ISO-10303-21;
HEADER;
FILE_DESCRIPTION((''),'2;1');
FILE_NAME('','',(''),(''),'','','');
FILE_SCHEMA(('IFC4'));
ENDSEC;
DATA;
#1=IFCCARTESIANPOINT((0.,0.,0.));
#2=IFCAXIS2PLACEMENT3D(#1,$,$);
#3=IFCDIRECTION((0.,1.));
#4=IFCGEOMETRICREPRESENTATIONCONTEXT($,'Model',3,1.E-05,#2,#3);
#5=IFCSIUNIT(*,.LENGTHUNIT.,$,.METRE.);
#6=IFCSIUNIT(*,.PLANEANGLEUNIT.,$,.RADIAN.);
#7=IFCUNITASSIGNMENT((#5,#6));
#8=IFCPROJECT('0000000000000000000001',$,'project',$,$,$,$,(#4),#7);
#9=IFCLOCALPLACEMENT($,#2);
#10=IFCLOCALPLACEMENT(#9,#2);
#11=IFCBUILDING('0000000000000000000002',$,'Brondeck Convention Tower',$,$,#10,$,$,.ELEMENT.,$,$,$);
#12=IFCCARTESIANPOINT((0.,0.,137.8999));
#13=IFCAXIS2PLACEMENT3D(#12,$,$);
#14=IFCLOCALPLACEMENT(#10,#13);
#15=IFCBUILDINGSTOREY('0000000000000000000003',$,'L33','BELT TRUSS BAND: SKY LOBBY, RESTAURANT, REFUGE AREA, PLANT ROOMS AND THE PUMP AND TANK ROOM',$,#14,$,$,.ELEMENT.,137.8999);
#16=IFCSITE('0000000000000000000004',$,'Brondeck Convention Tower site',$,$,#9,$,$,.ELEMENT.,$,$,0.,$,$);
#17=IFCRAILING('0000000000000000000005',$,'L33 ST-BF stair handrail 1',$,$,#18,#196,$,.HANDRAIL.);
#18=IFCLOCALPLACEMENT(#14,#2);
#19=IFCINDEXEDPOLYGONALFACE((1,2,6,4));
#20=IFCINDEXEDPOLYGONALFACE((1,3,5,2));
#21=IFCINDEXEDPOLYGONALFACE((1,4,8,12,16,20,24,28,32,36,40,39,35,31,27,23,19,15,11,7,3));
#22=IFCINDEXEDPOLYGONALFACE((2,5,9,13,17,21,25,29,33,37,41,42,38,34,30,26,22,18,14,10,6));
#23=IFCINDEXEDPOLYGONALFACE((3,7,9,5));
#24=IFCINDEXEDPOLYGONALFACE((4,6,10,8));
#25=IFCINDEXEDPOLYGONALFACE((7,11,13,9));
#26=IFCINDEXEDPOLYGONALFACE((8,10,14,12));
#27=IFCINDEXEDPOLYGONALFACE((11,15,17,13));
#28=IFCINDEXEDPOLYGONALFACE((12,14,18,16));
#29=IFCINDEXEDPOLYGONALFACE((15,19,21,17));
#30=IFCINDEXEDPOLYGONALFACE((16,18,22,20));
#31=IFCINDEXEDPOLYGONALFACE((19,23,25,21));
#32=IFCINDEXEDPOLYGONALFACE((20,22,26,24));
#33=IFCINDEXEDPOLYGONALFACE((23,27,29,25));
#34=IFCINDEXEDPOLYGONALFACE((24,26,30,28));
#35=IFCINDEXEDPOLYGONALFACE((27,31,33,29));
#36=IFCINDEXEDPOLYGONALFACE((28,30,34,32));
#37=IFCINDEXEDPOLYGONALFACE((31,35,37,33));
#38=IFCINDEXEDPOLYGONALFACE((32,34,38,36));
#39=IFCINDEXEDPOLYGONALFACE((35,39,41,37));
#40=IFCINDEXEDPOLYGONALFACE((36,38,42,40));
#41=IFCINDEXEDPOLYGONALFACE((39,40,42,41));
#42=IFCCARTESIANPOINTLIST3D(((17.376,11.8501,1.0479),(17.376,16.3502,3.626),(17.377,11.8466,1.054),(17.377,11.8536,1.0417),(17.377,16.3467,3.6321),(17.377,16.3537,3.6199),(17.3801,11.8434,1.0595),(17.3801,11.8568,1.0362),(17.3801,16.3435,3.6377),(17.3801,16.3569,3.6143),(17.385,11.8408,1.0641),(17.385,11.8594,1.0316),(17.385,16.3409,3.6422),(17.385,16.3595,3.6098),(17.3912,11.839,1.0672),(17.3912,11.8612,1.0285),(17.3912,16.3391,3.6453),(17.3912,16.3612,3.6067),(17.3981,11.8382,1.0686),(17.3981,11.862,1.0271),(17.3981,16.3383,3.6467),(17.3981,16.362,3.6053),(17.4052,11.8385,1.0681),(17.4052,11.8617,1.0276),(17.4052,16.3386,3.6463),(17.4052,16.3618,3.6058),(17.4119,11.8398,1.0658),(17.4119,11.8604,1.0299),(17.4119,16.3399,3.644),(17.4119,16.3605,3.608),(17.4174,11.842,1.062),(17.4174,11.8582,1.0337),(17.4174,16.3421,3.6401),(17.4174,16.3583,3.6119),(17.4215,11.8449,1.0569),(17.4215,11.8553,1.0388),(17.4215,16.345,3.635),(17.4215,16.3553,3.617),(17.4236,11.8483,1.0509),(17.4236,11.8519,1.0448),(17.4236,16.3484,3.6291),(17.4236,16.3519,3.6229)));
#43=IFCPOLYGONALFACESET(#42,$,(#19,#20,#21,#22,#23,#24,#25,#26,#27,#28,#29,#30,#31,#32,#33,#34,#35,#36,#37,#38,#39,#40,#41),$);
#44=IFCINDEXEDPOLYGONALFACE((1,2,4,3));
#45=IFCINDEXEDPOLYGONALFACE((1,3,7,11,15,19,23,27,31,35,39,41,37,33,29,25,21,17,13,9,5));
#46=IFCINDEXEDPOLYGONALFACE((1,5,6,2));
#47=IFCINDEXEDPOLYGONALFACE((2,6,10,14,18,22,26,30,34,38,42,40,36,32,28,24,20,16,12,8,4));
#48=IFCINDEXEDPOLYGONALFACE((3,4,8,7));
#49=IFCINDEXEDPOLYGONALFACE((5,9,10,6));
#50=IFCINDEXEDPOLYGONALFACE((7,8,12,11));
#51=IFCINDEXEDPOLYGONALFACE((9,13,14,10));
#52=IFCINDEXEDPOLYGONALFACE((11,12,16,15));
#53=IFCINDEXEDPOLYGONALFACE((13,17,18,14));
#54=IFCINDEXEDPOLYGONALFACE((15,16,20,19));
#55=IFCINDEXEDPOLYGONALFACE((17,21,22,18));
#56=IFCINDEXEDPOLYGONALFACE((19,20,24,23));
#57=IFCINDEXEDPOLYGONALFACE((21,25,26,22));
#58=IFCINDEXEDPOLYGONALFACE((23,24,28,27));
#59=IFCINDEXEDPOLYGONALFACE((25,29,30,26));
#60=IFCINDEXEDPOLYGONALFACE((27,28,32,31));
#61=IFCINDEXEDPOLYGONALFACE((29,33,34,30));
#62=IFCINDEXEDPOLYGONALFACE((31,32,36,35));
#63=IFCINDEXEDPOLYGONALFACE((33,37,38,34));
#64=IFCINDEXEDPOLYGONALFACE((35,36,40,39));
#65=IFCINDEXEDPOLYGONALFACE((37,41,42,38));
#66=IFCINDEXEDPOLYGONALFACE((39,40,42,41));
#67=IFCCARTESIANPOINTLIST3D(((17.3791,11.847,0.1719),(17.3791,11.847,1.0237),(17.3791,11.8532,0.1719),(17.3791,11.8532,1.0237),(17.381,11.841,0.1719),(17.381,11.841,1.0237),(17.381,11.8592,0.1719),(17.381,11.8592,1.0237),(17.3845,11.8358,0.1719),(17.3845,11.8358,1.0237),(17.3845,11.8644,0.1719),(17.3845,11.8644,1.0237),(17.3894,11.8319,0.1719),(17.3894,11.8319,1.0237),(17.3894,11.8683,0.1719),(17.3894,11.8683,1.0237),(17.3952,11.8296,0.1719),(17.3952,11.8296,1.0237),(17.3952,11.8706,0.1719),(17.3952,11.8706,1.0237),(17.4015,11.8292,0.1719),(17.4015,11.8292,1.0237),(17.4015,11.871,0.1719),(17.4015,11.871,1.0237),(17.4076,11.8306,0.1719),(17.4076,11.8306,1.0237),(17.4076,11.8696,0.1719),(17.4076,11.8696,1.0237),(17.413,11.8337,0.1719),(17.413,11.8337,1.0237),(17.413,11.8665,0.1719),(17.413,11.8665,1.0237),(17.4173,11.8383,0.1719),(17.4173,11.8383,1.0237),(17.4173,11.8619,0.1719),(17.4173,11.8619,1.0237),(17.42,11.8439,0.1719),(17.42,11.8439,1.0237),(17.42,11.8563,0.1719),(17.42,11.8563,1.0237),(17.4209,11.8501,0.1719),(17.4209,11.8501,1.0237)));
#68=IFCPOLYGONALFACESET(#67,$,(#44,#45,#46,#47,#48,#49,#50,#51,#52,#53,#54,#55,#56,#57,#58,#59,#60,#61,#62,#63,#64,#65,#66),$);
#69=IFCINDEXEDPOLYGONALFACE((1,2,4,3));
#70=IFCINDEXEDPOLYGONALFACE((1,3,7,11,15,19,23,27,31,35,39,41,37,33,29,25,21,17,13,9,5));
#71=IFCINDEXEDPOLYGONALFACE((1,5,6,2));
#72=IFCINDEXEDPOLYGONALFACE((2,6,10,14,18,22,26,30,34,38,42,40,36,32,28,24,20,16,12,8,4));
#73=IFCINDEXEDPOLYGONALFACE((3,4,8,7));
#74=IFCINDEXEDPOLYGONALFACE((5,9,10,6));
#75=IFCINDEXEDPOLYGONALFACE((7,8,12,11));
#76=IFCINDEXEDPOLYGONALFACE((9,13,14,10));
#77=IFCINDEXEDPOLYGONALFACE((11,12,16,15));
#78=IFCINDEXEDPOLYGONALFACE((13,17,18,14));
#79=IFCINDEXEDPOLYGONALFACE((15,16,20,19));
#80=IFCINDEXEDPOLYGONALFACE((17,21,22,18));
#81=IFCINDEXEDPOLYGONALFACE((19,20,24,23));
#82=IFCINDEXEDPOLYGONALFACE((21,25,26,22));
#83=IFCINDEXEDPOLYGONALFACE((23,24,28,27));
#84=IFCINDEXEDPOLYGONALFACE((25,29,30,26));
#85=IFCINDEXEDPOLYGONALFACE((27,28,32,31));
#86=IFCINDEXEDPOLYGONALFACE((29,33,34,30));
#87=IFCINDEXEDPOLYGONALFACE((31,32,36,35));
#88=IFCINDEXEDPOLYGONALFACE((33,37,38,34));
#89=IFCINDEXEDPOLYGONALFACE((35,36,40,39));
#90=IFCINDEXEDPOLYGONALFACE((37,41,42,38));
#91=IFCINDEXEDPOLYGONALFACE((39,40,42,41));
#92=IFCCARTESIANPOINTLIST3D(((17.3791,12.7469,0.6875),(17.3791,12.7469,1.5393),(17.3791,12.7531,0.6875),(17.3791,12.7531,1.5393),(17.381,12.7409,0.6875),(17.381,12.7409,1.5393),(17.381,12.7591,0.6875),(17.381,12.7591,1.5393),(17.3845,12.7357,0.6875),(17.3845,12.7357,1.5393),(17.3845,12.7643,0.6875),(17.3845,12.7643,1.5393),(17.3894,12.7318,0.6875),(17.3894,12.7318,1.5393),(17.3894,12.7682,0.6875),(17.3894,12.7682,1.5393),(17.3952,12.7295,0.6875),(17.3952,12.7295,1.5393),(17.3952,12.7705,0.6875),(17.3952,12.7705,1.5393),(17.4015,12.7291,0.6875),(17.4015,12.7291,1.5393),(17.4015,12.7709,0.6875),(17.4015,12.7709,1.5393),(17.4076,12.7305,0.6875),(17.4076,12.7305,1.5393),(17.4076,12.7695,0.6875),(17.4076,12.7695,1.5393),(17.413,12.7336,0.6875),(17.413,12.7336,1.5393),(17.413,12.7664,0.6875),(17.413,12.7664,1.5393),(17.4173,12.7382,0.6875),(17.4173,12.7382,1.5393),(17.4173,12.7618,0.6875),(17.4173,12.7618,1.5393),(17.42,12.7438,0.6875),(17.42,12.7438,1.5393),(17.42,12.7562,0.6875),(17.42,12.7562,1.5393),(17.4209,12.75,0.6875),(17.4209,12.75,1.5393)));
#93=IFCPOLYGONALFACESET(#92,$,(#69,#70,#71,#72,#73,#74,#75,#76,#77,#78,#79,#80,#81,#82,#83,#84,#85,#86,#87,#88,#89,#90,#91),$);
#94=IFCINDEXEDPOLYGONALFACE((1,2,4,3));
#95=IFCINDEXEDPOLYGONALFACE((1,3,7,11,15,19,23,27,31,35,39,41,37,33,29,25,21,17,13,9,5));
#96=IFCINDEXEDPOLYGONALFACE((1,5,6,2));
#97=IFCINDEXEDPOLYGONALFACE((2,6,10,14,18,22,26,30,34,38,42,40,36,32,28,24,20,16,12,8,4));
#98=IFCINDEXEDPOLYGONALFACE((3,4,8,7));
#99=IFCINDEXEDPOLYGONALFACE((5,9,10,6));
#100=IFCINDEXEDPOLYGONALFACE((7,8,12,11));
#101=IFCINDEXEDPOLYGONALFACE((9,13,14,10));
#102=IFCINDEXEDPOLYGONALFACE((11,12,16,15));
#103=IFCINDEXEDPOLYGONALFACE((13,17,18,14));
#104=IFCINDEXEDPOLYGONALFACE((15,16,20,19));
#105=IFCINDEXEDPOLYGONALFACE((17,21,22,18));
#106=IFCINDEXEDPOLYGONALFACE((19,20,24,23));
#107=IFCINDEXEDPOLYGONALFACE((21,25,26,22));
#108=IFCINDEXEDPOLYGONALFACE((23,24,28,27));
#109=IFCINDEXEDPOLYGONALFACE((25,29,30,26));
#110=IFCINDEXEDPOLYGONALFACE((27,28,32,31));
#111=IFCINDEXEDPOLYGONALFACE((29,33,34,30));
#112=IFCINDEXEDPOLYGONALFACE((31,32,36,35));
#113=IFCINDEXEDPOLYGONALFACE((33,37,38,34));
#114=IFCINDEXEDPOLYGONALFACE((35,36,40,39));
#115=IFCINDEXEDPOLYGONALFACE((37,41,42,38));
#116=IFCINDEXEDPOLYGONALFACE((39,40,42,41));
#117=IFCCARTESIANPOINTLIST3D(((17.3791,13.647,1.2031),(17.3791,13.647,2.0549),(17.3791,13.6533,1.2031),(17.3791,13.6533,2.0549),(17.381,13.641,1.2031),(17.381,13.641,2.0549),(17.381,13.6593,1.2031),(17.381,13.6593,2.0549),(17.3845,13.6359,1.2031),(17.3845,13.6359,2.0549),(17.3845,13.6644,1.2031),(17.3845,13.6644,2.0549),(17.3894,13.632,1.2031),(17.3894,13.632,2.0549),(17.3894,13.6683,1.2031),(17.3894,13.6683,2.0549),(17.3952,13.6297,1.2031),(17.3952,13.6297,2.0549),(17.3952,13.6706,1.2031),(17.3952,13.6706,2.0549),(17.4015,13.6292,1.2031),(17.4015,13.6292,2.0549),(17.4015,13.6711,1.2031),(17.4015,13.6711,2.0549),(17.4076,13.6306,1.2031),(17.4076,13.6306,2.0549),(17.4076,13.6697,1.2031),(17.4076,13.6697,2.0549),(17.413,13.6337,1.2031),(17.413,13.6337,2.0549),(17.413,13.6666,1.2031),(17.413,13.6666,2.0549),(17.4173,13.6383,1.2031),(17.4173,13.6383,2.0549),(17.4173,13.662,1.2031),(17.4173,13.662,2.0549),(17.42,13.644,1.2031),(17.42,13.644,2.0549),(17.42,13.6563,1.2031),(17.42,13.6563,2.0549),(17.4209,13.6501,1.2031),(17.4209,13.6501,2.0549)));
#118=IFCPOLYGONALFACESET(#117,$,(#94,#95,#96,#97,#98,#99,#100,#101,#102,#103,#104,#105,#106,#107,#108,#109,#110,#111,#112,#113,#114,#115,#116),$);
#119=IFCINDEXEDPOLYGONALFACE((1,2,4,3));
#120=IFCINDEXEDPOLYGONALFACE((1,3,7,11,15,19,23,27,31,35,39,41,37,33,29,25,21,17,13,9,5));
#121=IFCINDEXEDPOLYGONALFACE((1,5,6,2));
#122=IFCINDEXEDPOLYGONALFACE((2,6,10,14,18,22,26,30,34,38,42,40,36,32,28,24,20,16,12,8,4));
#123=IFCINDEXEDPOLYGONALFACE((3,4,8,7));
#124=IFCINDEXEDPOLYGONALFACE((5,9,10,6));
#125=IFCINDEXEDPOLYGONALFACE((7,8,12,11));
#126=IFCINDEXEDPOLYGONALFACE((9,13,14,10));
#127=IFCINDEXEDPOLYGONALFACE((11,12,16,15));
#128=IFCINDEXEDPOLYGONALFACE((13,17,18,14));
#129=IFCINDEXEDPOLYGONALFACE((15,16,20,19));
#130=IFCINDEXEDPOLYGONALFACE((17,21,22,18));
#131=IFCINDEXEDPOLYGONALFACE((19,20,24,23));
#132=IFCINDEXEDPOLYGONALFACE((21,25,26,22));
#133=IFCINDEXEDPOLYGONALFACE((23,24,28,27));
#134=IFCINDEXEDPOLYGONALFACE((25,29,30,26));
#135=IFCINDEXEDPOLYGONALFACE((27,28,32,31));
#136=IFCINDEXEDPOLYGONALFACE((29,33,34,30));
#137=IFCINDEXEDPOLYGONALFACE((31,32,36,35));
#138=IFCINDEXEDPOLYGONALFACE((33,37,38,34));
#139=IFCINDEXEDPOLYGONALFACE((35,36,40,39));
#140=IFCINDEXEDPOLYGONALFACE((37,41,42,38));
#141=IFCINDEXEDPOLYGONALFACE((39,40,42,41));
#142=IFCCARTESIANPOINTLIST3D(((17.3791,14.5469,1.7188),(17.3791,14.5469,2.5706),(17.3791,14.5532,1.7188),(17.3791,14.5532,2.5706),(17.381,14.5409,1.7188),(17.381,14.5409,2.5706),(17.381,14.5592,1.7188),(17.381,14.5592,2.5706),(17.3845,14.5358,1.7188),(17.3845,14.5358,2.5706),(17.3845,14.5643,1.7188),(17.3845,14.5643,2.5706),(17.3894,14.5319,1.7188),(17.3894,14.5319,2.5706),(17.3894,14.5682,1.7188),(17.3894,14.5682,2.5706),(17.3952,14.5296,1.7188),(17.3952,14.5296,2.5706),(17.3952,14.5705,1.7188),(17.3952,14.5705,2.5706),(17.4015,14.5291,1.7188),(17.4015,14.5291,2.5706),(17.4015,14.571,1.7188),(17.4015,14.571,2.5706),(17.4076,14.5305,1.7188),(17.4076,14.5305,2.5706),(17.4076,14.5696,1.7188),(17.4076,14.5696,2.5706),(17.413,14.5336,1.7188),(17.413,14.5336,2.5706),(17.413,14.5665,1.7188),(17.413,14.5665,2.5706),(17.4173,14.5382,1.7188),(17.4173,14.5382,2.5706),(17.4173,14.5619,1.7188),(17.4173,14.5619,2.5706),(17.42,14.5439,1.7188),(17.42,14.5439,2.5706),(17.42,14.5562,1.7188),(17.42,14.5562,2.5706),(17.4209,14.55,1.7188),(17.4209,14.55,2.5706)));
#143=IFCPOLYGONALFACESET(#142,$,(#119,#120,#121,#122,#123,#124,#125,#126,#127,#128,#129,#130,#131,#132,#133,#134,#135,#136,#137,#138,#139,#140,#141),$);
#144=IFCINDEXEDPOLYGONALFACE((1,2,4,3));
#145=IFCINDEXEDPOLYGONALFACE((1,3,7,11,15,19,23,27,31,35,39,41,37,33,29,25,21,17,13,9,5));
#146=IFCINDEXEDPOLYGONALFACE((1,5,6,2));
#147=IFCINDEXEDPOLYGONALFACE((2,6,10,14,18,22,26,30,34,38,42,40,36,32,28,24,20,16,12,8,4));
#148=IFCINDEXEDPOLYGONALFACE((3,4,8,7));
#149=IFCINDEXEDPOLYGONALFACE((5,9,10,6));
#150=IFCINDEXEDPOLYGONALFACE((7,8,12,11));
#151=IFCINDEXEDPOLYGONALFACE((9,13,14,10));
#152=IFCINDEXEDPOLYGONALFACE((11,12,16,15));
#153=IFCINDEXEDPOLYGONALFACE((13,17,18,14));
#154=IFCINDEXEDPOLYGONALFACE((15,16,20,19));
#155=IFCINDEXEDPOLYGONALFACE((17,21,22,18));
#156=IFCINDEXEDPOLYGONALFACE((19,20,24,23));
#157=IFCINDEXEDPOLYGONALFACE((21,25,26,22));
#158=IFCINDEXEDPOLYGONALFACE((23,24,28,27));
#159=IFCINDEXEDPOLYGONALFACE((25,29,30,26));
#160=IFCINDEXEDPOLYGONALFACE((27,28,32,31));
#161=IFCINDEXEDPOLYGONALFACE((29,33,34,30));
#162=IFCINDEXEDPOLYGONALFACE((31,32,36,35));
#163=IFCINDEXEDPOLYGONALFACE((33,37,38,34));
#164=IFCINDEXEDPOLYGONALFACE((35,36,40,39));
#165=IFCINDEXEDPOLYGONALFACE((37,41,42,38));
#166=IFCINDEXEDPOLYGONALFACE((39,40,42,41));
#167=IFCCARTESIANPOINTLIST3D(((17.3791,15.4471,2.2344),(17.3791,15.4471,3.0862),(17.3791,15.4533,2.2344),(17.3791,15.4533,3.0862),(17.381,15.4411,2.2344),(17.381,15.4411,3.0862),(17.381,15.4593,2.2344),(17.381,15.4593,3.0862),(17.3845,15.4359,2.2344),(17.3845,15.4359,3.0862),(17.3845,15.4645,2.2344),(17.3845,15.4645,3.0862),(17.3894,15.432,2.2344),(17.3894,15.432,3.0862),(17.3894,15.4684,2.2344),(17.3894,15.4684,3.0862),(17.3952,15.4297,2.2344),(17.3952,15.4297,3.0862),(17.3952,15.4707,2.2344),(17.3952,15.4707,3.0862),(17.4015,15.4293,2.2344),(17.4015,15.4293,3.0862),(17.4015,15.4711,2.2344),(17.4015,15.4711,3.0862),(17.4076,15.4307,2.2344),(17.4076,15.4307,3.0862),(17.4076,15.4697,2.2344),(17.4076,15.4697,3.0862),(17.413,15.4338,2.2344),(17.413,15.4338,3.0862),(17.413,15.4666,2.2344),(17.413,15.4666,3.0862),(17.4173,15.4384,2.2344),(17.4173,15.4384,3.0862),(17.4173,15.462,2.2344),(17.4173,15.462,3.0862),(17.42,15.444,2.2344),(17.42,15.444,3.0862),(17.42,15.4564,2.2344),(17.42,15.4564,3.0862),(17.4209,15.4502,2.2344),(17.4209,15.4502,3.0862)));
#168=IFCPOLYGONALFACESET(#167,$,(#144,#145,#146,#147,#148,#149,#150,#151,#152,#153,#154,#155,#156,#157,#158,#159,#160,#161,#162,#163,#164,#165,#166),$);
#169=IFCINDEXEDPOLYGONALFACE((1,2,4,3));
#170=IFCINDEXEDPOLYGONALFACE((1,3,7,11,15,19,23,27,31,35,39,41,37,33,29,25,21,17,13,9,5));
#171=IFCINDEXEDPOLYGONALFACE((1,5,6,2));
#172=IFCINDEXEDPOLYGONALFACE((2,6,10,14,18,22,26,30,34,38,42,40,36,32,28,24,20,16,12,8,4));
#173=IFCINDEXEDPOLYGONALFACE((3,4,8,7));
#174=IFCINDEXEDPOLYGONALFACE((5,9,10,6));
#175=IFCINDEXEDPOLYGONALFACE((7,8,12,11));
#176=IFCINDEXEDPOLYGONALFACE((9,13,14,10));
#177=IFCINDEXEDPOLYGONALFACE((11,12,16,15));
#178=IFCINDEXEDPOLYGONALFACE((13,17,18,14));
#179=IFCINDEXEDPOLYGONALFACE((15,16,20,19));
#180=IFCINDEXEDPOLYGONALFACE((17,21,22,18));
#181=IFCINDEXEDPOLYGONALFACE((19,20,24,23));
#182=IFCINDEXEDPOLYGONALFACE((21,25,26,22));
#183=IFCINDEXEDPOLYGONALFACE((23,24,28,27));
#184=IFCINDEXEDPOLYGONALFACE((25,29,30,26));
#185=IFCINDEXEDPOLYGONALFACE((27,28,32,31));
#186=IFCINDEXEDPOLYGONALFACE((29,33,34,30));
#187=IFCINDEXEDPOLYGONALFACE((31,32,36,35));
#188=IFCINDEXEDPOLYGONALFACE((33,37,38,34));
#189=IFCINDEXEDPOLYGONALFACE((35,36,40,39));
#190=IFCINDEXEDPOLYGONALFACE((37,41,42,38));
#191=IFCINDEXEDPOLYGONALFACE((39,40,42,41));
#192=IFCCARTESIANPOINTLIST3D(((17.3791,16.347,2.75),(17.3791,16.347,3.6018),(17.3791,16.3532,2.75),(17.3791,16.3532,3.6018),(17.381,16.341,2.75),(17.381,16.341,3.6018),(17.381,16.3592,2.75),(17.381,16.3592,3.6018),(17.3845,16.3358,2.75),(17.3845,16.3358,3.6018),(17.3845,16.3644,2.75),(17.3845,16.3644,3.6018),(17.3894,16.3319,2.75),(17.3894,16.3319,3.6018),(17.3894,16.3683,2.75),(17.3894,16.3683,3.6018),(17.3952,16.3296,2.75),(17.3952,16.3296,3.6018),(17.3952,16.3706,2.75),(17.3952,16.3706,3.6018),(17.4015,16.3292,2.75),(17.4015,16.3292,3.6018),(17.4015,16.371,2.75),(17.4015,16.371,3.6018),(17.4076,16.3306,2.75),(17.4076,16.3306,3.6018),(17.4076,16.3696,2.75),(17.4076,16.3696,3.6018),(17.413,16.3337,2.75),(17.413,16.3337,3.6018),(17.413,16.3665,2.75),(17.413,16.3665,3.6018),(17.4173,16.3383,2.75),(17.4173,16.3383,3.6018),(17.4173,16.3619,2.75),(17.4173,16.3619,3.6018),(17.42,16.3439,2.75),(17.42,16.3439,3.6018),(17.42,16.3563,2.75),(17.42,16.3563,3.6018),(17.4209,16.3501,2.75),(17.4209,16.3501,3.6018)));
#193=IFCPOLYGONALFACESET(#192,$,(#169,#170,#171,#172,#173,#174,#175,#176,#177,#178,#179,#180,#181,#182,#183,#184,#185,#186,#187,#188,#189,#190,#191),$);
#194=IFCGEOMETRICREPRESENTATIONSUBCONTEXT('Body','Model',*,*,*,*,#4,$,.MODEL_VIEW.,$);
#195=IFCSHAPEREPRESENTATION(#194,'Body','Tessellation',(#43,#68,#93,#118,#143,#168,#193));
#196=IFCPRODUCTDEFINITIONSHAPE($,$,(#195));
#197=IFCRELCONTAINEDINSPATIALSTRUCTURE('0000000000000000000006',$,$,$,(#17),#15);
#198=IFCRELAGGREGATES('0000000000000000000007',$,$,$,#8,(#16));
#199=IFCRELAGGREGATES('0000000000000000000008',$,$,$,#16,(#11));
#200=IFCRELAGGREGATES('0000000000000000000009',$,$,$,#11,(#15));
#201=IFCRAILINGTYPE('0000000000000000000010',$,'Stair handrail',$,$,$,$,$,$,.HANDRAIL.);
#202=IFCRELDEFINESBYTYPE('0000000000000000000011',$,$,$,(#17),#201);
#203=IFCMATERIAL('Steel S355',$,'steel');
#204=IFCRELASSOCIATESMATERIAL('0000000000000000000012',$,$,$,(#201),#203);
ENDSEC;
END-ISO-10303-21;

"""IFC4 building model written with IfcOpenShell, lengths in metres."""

from ifc_helpers import new_model, si_unit, direction, frame, origin, origin_2d, place, context, subcontext, project, spatial, circle, extrude, material, type_object, element, save


model = new_model("IFC4")

# Units and contexts
model_context = context("Model", 3, precision=1e-05, world=origin(), true_north=direction((0.0, 1.0)))
body_context = subcontext(model_context, "Body", "Model", "MODEL_VIEW")
ifc_project = project(units=[si_unit("LENGTHUNIT", "METRE"), si_unit("PLANEANGLEUNIT", "RADIAN")], contexts=[model_context])

# Site, building, storey
site_placement = place(None, origin())
site = spatial("IfcSite", under=ifc_project, at=site_placement, Name="Brondeck Convention Tower site", CompositionType="ELEMENT", RefElevation=0.0)
building_placement = place(site_placement, origin())
building = spatial("IfcBuilding", under=site, at=building_placement, Name="Brondeck Convention Tower", CompositionType="ELEMENT")
storey_placement = place(building_placement, frame((0.0, 0.0, 137.8999)))
storey = spatial("IfcBuildingStorey", under=building, at=storey_placement, Name="L33", Description="BELT TRUSS BAND: SKY LOBBY, RESTAURANT, REFUGE AREA, PLANT ROOMS AND THE PUMP AND TANK ROOM", CompositionType="ELEMENT", Elevation=137.8999)

# Shared definitions
ifc_material_1 = material(Name="Steel S355", Category="steel")

# Railing
railing_type_1 = type_object("IfcRailingType", Name="Stair handrail", PredefinedType="HANDRAIL", material=ifc_material_1)
railing_1_placement = place(storey_placement, frame((17.3999, 11.8501, 0.1719)))
element("IfcRailing", 1, at=railing_1_placement, inside=storey, type_object=railing_type_1, Name="L33 ST-BF stair handrail 1", PredefinedType="HANDRAIL", context=body_context, shape_type="SweptSolid", body=[
    extrude(circle(Radius=0.0239, at=origin_2d()), frame((0.0, 0.0, 0.876), z_axis=(0.0, 0.867686, 0.497112), x_axis=(-1.0, 0.0, 0.0)), (0.0, 0.0, 1.0), 5.1863),
    extrude(circle(Radius=0.021, at=origin_2d()), origin(), (0.0, 0.0, 1.0), 0.8518),
    extrude(circle(Radius=0.021, at=origin_2d()), frame((0.0, 0.8999, 0.5156)), (0.0, 0.0, 1.0), 0.8518),
    extrude(circle(Radius=0.021, at=origin_2d()), frame((0.0, 1.8, 1.0312)), (0.0, 0.0, 1.0), 0.8518),
    extrude(circle(Radius=0.021, at=origin_2d()), frame((0.0, 2.7, 1.5469)), (0.0, 0.0, 1.0), 0.8518),
    extrude(circle(Radius=0.021, at=origin_2d()), frame((0.0, 3.6001, 2.0625)), (0.0, 0.0, 1.0), 0.8518),
    extrude(circle(Radius=0.021, at=origin_2d()), frame((0.0, 4.5, 2.5781)), (0.0, 0.0, 1.0), 0.8518),
])

save(model, "model.ifc")
